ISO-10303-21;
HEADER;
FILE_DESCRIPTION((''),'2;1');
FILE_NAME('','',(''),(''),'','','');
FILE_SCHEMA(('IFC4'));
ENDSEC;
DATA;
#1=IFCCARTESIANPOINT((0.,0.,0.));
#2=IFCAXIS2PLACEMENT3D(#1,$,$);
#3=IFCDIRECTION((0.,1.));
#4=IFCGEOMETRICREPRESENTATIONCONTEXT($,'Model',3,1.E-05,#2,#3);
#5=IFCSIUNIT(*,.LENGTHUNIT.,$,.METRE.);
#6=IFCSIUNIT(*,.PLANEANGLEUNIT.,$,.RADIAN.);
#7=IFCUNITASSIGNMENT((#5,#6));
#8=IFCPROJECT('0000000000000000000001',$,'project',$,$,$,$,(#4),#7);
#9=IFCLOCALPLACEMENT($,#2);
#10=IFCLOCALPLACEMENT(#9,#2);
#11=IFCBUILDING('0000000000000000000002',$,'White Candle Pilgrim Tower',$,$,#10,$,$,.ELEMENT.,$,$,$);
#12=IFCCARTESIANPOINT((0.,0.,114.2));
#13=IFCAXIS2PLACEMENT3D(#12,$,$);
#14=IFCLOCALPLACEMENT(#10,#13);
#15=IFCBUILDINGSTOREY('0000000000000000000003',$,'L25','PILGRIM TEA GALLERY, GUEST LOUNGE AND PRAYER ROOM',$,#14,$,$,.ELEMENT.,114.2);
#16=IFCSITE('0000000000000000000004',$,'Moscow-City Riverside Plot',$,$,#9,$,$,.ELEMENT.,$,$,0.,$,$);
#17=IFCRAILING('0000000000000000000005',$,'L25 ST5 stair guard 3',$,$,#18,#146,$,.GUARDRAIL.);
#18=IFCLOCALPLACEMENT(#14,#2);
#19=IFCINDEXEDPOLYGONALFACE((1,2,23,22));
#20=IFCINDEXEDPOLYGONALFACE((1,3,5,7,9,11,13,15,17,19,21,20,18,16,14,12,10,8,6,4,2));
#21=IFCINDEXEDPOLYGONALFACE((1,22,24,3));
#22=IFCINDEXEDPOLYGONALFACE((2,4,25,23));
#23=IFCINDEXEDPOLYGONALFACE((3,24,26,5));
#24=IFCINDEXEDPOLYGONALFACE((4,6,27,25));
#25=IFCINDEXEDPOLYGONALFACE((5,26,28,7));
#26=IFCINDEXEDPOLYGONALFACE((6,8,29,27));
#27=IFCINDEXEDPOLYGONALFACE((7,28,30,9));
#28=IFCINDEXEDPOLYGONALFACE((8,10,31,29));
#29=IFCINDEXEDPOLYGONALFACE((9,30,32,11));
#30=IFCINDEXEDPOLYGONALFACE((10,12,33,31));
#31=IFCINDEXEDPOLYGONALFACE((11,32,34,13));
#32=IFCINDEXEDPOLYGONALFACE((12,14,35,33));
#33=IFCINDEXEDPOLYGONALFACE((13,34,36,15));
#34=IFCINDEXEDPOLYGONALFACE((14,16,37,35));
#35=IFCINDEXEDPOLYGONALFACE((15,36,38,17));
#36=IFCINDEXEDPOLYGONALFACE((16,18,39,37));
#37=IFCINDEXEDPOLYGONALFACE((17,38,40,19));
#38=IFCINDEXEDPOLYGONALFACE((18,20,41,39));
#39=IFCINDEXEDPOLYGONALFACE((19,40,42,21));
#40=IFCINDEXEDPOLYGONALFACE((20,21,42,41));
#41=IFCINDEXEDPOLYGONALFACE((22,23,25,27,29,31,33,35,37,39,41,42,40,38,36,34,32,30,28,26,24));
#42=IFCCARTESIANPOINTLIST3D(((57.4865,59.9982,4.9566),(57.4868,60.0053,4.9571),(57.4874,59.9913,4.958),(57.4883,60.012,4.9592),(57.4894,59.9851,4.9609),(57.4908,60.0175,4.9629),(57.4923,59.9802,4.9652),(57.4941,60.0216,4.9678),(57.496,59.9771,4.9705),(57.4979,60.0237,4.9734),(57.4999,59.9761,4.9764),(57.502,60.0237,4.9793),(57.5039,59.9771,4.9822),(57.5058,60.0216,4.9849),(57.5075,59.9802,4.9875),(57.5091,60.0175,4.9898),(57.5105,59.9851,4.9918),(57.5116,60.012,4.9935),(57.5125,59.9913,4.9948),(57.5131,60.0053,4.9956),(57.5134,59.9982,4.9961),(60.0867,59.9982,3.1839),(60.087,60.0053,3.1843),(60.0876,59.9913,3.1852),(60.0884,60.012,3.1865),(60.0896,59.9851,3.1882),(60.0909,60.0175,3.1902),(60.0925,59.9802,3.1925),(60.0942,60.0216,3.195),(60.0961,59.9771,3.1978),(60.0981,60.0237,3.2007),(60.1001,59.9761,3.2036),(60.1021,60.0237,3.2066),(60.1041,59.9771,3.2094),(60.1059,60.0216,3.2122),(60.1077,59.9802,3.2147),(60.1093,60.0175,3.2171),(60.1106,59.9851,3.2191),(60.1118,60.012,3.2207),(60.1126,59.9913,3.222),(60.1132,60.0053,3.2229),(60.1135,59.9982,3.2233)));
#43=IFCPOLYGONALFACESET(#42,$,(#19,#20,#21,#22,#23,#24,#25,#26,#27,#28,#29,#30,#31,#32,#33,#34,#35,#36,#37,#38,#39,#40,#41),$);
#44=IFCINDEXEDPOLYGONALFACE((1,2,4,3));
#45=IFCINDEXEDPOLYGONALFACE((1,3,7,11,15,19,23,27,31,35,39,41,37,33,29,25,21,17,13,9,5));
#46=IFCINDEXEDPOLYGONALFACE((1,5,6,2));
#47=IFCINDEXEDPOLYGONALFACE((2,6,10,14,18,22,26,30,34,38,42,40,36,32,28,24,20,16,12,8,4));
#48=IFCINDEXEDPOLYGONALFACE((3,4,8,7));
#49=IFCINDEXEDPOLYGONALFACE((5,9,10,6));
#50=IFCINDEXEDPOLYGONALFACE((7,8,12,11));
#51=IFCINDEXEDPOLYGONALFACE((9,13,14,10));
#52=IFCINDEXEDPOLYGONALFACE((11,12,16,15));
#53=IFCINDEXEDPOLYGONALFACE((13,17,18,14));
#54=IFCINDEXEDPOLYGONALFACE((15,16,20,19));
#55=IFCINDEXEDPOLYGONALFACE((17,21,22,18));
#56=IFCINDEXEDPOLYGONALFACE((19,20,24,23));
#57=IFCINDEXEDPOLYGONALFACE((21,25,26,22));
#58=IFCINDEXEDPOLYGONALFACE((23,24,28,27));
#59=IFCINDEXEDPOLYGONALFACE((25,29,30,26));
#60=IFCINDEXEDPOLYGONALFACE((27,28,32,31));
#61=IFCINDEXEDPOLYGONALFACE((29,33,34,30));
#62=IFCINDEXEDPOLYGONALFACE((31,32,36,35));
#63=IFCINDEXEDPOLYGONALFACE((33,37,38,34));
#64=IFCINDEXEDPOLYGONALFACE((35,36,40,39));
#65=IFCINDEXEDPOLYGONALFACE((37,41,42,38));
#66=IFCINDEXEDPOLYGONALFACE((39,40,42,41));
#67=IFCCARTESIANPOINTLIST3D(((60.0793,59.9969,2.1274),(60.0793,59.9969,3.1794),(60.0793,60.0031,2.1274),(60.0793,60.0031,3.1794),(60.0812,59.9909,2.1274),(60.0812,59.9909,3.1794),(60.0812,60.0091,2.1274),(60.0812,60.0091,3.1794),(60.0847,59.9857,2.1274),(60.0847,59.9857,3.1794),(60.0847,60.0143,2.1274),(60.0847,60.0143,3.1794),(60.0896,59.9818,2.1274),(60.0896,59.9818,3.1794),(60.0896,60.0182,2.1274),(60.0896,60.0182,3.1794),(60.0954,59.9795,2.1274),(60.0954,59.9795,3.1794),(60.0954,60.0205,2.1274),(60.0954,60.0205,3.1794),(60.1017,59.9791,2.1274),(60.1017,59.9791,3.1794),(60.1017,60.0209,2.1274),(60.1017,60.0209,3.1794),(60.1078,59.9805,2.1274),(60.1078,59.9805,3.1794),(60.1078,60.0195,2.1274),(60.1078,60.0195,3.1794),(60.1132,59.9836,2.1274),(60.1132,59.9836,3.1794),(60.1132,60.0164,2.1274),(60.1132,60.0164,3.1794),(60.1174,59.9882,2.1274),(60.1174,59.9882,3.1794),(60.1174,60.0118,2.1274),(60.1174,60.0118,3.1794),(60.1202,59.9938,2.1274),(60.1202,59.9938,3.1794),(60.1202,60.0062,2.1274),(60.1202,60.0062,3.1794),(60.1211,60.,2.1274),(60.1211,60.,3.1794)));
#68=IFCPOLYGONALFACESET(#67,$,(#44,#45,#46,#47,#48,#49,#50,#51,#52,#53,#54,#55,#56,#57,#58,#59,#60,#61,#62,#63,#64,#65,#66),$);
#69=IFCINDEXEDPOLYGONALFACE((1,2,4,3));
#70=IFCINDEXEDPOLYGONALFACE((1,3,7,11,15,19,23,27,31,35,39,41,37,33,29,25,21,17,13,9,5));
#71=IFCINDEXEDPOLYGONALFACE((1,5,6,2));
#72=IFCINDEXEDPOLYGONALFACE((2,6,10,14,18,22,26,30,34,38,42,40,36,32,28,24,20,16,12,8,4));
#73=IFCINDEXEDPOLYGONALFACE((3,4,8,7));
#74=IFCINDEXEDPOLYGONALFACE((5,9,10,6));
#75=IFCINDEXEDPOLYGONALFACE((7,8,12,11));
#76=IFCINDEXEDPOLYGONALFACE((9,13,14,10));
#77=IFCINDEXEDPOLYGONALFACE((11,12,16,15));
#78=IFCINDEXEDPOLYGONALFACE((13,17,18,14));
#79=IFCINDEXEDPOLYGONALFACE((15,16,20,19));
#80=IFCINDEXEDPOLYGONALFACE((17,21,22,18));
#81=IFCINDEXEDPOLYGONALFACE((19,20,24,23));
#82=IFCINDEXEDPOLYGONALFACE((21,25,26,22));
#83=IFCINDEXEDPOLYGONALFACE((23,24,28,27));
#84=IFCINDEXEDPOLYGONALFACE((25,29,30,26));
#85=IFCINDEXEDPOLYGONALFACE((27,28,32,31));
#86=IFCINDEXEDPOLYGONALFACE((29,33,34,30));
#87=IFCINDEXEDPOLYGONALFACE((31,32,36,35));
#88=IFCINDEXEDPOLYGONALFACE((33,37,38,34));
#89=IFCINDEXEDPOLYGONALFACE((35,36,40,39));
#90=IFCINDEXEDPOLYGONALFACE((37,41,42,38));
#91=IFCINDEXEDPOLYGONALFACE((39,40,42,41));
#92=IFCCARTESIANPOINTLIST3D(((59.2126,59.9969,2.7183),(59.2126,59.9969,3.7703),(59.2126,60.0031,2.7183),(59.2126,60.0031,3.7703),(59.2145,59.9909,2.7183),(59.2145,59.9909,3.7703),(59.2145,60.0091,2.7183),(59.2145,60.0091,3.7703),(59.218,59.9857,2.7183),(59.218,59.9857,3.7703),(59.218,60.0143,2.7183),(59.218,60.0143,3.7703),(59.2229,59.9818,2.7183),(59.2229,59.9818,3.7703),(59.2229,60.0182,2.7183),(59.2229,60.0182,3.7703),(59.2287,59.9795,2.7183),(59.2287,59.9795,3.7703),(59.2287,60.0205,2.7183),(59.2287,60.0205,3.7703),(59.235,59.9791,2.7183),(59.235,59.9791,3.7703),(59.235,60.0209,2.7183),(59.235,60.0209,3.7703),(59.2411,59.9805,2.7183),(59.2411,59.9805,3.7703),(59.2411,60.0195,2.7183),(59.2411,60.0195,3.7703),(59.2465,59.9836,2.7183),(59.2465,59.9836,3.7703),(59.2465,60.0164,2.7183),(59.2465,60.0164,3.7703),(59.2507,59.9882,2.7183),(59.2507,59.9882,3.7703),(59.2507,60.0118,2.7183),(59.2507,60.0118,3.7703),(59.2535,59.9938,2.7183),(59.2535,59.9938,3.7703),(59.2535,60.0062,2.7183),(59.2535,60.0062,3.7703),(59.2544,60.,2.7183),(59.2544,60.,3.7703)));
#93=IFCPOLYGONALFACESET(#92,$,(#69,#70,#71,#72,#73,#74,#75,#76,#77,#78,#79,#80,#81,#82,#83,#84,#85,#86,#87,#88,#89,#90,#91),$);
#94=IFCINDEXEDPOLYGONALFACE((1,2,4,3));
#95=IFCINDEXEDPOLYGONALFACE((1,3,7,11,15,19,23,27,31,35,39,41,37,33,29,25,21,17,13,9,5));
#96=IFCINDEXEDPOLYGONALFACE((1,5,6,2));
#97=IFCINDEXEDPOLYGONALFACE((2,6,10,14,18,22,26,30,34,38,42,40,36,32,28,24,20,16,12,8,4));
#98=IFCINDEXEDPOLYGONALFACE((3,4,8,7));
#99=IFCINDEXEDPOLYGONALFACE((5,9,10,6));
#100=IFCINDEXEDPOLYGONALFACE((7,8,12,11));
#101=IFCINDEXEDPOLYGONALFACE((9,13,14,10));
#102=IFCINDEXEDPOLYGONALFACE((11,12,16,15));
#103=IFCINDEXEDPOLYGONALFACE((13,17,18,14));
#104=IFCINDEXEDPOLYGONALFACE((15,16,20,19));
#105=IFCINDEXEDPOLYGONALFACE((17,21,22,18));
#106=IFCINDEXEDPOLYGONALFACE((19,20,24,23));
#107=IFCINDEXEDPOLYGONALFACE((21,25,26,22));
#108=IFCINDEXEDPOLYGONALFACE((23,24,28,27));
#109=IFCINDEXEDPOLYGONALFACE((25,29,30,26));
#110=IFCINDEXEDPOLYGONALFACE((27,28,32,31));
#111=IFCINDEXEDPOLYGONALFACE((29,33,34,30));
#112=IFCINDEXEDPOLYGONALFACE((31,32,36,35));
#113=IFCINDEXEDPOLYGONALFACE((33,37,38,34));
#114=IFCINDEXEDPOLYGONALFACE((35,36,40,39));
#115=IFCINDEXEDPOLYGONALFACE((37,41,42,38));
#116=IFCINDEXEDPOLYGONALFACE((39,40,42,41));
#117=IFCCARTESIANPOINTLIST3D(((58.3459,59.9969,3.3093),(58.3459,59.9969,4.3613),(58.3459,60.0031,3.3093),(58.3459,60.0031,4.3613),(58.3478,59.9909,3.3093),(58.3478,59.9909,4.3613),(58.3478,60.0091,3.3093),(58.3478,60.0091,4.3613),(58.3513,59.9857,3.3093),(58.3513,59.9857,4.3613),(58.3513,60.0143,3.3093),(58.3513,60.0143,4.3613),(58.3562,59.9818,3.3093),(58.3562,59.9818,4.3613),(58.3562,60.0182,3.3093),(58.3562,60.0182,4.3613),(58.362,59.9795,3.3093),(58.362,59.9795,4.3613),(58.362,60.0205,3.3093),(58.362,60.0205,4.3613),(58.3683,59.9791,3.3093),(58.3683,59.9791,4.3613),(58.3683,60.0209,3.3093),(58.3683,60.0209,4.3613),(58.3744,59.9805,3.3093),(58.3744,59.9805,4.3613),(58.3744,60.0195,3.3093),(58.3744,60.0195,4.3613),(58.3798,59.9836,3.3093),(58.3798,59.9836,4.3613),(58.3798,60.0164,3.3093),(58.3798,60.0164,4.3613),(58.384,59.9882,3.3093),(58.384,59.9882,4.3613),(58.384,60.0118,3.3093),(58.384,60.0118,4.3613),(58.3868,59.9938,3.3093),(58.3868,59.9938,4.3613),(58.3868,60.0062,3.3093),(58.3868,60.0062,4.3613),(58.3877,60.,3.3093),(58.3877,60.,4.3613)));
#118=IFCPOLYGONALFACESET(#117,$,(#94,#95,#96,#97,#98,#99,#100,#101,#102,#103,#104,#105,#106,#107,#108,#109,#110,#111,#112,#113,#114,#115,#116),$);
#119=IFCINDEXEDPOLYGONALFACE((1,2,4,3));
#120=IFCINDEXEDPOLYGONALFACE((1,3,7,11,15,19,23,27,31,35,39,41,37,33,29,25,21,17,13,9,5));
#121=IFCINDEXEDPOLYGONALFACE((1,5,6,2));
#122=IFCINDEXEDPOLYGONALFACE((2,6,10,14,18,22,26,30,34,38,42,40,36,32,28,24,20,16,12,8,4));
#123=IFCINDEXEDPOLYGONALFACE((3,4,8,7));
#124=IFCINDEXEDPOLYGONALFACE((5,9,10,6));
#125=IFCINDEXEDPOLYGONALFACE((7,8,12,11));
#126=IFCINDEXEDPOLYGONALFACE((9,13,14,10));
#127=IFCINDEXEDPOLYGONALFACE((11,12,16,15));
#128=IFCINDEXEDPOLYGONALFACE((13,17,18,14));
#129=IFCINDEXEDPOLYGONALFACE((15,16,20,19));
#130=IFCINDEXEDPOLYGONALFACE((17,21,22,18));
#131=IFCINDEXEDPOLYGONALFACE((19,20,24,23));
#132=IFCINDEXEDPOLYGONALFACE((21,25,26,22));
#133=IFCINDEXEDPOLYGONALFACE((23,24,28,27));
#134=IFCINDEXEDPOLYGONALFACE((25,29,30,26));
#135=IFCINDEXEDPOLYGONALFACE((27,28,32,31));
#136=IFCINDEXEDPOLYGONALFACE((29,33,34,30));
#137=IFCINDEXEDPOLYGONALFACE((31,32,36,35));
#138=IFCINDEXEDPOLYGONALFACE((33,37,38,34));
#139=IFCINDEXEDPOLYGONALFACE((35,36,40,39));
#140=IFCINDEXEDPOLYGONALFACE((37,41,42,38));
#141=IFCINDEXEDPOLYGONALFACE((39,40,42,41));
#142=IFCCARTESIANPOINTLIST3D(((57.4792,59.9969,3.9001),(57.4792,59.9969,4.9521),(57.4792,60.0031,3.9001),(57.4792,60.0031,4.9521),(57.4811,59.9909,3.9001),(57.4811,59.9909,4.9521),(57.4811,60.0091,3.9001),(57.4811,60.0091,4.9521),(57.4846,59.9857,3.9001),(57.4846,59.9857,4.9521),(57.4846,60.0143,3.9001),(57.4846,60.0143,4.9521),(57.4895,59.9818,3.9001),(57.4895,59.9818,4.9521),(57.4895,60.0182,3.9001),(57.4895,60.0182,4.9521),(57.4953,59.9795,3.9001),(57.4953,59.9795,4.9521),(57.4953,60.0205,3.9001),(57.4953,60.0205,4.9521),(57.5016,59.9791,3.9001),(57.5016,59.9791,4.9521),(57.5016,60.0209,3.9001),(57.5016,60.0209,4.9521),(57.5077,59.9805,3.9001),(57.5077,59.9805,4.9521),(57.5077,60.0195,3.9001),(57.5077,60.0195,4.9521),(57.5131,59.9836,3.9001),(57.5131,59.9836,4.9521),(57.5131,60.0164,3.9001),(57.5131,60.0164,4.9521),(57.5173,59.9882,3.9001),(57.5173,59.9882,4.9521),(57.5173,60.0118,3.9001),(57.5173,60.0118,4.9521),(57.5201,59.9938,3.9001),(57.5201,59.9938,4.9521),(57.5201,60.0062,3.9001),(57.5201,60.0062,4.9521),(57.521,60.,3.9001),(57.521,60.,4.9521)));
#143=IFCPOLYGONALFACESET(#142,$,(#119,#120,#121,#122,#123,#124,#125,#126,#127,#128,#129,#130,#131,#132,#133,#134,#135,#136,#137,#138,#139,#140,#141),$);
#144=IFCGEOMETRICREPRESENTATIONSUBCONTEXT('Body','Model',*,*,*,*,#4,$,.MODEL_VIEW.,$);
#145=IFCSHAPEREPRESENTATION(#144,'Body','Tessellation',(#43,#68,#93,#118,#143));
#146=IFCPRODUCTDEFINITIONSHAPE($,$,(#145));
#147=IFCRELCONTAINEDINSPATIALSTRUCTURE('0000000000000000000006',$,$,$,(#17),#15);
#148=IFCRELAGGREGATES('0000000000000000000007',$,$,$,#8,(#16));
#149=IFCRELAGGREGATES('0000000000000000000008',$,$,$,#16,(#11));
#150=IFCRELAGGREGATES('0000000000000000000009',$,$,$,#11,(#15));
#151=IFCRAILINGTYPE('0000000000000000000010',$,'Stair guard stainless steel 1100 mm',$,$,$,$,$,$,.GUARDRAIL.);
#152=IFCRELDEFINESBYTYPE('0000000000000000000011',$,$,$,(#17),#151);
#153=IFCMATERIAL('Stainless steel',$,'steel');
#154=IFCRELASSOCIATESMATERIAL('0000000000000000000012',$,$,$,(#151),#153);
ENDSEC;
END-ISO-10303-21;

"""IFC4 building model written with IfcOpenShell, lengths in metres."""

from ifc_helpers import new_model, si_unit, direction, frame, origin, origin_2d, place, context, subcontext, project, spatial, circle, extrude, material, type_object, element, save


model = new_model("IFC4")

# Units and contexts
model_context = context("Model", 3, precision=1e-05, world=origin(), true_north=direction((0.0, 1.0)))
body_context = subcontext(model_context, "Body", "Model", "MODEL_VIEW")
ifc_project = project(units=[si_unit("LENGTHUNIT", "METRE"), si_unit("PLANEANGLEUNIT", "RADIAN")], contexts=[model_context])

# Site, building, storey
site_placement = place(None, origin())
site = spatial("IfcSite", under=ifc_project, at=site_placement, Name="Moscow-City Riverside Plot", CompositionType="ELEMENT", RefElevation=0.0)
building_placement = place(site_placement, origin())
building = spatial("IfcBuilding", under=site, at=building_placement, Name="White Candle Pilgrim Tower", CompositionType="ELEMENT")
storey_placement = place(building_placement, frame((0.0, 0.0, 114.2)))
storey = spatial("IfcBuildingStorey", under=building, at=storey_placement, Name="L25", Description="PILGRIM TEA GALLERY, GUEST LOUNGE AND PRAYER ROOM", CompositionType="ELEMENT", Elevation=114.2)

# Railing
ifc_material_1 = material(Name="Stainless steel", Category="steel")
railing_type_1 = type_object("IfcRailingType", Name="Stair guard stainless steel 1100 mm", PredefinedType="GUARDRAIL", material=ifc_material_1)
railing_1_placement = place(storey_placement, frame((60.1001, 60.0, 2.1274)))
element("IfcRailing", 1, at=railing_1_placement, inside=storey, type_object=railing_type_1, Name="L25 ST5 stair guard 3", PredefinedType="GUARDRAIL", context=body_context, shape_type="SweptSolid", body=[
    extrude(circle(Radius=0.0239, at=origin_2d()), frame((0.0, 0.0, 1.0762), z_axis=(-0.82624, 0.0, 0.563318), x_axis=(0.0, -1.0, 0.0)), (0.0, 0.0, 1.0), 3.147),
    extrude(circle(Radius=0.021, at=origin_2d()), origin(), (0.0, 0.0, 1.0), 1.052),
    extrude(circle(Radius=0.021, at=origin_2d()), frame((-0.8667, 0.0, 0.5908)), (0.0, 0.0, 1.0), 1.052),
    extrude(circle(Radius=0.021, at=origin_2d()), frame((-1.7334, 0.0, 1.1819)), (0.0, 0.0, 1.0), 1.052),
    extrude(circle(Radius=0.021, at=origin_2d()), frame((-2.6001, 0.0, 1.7727)), (0.0, 0.0, 1.0), 1.052),
])

save(model, "model.ifc")
